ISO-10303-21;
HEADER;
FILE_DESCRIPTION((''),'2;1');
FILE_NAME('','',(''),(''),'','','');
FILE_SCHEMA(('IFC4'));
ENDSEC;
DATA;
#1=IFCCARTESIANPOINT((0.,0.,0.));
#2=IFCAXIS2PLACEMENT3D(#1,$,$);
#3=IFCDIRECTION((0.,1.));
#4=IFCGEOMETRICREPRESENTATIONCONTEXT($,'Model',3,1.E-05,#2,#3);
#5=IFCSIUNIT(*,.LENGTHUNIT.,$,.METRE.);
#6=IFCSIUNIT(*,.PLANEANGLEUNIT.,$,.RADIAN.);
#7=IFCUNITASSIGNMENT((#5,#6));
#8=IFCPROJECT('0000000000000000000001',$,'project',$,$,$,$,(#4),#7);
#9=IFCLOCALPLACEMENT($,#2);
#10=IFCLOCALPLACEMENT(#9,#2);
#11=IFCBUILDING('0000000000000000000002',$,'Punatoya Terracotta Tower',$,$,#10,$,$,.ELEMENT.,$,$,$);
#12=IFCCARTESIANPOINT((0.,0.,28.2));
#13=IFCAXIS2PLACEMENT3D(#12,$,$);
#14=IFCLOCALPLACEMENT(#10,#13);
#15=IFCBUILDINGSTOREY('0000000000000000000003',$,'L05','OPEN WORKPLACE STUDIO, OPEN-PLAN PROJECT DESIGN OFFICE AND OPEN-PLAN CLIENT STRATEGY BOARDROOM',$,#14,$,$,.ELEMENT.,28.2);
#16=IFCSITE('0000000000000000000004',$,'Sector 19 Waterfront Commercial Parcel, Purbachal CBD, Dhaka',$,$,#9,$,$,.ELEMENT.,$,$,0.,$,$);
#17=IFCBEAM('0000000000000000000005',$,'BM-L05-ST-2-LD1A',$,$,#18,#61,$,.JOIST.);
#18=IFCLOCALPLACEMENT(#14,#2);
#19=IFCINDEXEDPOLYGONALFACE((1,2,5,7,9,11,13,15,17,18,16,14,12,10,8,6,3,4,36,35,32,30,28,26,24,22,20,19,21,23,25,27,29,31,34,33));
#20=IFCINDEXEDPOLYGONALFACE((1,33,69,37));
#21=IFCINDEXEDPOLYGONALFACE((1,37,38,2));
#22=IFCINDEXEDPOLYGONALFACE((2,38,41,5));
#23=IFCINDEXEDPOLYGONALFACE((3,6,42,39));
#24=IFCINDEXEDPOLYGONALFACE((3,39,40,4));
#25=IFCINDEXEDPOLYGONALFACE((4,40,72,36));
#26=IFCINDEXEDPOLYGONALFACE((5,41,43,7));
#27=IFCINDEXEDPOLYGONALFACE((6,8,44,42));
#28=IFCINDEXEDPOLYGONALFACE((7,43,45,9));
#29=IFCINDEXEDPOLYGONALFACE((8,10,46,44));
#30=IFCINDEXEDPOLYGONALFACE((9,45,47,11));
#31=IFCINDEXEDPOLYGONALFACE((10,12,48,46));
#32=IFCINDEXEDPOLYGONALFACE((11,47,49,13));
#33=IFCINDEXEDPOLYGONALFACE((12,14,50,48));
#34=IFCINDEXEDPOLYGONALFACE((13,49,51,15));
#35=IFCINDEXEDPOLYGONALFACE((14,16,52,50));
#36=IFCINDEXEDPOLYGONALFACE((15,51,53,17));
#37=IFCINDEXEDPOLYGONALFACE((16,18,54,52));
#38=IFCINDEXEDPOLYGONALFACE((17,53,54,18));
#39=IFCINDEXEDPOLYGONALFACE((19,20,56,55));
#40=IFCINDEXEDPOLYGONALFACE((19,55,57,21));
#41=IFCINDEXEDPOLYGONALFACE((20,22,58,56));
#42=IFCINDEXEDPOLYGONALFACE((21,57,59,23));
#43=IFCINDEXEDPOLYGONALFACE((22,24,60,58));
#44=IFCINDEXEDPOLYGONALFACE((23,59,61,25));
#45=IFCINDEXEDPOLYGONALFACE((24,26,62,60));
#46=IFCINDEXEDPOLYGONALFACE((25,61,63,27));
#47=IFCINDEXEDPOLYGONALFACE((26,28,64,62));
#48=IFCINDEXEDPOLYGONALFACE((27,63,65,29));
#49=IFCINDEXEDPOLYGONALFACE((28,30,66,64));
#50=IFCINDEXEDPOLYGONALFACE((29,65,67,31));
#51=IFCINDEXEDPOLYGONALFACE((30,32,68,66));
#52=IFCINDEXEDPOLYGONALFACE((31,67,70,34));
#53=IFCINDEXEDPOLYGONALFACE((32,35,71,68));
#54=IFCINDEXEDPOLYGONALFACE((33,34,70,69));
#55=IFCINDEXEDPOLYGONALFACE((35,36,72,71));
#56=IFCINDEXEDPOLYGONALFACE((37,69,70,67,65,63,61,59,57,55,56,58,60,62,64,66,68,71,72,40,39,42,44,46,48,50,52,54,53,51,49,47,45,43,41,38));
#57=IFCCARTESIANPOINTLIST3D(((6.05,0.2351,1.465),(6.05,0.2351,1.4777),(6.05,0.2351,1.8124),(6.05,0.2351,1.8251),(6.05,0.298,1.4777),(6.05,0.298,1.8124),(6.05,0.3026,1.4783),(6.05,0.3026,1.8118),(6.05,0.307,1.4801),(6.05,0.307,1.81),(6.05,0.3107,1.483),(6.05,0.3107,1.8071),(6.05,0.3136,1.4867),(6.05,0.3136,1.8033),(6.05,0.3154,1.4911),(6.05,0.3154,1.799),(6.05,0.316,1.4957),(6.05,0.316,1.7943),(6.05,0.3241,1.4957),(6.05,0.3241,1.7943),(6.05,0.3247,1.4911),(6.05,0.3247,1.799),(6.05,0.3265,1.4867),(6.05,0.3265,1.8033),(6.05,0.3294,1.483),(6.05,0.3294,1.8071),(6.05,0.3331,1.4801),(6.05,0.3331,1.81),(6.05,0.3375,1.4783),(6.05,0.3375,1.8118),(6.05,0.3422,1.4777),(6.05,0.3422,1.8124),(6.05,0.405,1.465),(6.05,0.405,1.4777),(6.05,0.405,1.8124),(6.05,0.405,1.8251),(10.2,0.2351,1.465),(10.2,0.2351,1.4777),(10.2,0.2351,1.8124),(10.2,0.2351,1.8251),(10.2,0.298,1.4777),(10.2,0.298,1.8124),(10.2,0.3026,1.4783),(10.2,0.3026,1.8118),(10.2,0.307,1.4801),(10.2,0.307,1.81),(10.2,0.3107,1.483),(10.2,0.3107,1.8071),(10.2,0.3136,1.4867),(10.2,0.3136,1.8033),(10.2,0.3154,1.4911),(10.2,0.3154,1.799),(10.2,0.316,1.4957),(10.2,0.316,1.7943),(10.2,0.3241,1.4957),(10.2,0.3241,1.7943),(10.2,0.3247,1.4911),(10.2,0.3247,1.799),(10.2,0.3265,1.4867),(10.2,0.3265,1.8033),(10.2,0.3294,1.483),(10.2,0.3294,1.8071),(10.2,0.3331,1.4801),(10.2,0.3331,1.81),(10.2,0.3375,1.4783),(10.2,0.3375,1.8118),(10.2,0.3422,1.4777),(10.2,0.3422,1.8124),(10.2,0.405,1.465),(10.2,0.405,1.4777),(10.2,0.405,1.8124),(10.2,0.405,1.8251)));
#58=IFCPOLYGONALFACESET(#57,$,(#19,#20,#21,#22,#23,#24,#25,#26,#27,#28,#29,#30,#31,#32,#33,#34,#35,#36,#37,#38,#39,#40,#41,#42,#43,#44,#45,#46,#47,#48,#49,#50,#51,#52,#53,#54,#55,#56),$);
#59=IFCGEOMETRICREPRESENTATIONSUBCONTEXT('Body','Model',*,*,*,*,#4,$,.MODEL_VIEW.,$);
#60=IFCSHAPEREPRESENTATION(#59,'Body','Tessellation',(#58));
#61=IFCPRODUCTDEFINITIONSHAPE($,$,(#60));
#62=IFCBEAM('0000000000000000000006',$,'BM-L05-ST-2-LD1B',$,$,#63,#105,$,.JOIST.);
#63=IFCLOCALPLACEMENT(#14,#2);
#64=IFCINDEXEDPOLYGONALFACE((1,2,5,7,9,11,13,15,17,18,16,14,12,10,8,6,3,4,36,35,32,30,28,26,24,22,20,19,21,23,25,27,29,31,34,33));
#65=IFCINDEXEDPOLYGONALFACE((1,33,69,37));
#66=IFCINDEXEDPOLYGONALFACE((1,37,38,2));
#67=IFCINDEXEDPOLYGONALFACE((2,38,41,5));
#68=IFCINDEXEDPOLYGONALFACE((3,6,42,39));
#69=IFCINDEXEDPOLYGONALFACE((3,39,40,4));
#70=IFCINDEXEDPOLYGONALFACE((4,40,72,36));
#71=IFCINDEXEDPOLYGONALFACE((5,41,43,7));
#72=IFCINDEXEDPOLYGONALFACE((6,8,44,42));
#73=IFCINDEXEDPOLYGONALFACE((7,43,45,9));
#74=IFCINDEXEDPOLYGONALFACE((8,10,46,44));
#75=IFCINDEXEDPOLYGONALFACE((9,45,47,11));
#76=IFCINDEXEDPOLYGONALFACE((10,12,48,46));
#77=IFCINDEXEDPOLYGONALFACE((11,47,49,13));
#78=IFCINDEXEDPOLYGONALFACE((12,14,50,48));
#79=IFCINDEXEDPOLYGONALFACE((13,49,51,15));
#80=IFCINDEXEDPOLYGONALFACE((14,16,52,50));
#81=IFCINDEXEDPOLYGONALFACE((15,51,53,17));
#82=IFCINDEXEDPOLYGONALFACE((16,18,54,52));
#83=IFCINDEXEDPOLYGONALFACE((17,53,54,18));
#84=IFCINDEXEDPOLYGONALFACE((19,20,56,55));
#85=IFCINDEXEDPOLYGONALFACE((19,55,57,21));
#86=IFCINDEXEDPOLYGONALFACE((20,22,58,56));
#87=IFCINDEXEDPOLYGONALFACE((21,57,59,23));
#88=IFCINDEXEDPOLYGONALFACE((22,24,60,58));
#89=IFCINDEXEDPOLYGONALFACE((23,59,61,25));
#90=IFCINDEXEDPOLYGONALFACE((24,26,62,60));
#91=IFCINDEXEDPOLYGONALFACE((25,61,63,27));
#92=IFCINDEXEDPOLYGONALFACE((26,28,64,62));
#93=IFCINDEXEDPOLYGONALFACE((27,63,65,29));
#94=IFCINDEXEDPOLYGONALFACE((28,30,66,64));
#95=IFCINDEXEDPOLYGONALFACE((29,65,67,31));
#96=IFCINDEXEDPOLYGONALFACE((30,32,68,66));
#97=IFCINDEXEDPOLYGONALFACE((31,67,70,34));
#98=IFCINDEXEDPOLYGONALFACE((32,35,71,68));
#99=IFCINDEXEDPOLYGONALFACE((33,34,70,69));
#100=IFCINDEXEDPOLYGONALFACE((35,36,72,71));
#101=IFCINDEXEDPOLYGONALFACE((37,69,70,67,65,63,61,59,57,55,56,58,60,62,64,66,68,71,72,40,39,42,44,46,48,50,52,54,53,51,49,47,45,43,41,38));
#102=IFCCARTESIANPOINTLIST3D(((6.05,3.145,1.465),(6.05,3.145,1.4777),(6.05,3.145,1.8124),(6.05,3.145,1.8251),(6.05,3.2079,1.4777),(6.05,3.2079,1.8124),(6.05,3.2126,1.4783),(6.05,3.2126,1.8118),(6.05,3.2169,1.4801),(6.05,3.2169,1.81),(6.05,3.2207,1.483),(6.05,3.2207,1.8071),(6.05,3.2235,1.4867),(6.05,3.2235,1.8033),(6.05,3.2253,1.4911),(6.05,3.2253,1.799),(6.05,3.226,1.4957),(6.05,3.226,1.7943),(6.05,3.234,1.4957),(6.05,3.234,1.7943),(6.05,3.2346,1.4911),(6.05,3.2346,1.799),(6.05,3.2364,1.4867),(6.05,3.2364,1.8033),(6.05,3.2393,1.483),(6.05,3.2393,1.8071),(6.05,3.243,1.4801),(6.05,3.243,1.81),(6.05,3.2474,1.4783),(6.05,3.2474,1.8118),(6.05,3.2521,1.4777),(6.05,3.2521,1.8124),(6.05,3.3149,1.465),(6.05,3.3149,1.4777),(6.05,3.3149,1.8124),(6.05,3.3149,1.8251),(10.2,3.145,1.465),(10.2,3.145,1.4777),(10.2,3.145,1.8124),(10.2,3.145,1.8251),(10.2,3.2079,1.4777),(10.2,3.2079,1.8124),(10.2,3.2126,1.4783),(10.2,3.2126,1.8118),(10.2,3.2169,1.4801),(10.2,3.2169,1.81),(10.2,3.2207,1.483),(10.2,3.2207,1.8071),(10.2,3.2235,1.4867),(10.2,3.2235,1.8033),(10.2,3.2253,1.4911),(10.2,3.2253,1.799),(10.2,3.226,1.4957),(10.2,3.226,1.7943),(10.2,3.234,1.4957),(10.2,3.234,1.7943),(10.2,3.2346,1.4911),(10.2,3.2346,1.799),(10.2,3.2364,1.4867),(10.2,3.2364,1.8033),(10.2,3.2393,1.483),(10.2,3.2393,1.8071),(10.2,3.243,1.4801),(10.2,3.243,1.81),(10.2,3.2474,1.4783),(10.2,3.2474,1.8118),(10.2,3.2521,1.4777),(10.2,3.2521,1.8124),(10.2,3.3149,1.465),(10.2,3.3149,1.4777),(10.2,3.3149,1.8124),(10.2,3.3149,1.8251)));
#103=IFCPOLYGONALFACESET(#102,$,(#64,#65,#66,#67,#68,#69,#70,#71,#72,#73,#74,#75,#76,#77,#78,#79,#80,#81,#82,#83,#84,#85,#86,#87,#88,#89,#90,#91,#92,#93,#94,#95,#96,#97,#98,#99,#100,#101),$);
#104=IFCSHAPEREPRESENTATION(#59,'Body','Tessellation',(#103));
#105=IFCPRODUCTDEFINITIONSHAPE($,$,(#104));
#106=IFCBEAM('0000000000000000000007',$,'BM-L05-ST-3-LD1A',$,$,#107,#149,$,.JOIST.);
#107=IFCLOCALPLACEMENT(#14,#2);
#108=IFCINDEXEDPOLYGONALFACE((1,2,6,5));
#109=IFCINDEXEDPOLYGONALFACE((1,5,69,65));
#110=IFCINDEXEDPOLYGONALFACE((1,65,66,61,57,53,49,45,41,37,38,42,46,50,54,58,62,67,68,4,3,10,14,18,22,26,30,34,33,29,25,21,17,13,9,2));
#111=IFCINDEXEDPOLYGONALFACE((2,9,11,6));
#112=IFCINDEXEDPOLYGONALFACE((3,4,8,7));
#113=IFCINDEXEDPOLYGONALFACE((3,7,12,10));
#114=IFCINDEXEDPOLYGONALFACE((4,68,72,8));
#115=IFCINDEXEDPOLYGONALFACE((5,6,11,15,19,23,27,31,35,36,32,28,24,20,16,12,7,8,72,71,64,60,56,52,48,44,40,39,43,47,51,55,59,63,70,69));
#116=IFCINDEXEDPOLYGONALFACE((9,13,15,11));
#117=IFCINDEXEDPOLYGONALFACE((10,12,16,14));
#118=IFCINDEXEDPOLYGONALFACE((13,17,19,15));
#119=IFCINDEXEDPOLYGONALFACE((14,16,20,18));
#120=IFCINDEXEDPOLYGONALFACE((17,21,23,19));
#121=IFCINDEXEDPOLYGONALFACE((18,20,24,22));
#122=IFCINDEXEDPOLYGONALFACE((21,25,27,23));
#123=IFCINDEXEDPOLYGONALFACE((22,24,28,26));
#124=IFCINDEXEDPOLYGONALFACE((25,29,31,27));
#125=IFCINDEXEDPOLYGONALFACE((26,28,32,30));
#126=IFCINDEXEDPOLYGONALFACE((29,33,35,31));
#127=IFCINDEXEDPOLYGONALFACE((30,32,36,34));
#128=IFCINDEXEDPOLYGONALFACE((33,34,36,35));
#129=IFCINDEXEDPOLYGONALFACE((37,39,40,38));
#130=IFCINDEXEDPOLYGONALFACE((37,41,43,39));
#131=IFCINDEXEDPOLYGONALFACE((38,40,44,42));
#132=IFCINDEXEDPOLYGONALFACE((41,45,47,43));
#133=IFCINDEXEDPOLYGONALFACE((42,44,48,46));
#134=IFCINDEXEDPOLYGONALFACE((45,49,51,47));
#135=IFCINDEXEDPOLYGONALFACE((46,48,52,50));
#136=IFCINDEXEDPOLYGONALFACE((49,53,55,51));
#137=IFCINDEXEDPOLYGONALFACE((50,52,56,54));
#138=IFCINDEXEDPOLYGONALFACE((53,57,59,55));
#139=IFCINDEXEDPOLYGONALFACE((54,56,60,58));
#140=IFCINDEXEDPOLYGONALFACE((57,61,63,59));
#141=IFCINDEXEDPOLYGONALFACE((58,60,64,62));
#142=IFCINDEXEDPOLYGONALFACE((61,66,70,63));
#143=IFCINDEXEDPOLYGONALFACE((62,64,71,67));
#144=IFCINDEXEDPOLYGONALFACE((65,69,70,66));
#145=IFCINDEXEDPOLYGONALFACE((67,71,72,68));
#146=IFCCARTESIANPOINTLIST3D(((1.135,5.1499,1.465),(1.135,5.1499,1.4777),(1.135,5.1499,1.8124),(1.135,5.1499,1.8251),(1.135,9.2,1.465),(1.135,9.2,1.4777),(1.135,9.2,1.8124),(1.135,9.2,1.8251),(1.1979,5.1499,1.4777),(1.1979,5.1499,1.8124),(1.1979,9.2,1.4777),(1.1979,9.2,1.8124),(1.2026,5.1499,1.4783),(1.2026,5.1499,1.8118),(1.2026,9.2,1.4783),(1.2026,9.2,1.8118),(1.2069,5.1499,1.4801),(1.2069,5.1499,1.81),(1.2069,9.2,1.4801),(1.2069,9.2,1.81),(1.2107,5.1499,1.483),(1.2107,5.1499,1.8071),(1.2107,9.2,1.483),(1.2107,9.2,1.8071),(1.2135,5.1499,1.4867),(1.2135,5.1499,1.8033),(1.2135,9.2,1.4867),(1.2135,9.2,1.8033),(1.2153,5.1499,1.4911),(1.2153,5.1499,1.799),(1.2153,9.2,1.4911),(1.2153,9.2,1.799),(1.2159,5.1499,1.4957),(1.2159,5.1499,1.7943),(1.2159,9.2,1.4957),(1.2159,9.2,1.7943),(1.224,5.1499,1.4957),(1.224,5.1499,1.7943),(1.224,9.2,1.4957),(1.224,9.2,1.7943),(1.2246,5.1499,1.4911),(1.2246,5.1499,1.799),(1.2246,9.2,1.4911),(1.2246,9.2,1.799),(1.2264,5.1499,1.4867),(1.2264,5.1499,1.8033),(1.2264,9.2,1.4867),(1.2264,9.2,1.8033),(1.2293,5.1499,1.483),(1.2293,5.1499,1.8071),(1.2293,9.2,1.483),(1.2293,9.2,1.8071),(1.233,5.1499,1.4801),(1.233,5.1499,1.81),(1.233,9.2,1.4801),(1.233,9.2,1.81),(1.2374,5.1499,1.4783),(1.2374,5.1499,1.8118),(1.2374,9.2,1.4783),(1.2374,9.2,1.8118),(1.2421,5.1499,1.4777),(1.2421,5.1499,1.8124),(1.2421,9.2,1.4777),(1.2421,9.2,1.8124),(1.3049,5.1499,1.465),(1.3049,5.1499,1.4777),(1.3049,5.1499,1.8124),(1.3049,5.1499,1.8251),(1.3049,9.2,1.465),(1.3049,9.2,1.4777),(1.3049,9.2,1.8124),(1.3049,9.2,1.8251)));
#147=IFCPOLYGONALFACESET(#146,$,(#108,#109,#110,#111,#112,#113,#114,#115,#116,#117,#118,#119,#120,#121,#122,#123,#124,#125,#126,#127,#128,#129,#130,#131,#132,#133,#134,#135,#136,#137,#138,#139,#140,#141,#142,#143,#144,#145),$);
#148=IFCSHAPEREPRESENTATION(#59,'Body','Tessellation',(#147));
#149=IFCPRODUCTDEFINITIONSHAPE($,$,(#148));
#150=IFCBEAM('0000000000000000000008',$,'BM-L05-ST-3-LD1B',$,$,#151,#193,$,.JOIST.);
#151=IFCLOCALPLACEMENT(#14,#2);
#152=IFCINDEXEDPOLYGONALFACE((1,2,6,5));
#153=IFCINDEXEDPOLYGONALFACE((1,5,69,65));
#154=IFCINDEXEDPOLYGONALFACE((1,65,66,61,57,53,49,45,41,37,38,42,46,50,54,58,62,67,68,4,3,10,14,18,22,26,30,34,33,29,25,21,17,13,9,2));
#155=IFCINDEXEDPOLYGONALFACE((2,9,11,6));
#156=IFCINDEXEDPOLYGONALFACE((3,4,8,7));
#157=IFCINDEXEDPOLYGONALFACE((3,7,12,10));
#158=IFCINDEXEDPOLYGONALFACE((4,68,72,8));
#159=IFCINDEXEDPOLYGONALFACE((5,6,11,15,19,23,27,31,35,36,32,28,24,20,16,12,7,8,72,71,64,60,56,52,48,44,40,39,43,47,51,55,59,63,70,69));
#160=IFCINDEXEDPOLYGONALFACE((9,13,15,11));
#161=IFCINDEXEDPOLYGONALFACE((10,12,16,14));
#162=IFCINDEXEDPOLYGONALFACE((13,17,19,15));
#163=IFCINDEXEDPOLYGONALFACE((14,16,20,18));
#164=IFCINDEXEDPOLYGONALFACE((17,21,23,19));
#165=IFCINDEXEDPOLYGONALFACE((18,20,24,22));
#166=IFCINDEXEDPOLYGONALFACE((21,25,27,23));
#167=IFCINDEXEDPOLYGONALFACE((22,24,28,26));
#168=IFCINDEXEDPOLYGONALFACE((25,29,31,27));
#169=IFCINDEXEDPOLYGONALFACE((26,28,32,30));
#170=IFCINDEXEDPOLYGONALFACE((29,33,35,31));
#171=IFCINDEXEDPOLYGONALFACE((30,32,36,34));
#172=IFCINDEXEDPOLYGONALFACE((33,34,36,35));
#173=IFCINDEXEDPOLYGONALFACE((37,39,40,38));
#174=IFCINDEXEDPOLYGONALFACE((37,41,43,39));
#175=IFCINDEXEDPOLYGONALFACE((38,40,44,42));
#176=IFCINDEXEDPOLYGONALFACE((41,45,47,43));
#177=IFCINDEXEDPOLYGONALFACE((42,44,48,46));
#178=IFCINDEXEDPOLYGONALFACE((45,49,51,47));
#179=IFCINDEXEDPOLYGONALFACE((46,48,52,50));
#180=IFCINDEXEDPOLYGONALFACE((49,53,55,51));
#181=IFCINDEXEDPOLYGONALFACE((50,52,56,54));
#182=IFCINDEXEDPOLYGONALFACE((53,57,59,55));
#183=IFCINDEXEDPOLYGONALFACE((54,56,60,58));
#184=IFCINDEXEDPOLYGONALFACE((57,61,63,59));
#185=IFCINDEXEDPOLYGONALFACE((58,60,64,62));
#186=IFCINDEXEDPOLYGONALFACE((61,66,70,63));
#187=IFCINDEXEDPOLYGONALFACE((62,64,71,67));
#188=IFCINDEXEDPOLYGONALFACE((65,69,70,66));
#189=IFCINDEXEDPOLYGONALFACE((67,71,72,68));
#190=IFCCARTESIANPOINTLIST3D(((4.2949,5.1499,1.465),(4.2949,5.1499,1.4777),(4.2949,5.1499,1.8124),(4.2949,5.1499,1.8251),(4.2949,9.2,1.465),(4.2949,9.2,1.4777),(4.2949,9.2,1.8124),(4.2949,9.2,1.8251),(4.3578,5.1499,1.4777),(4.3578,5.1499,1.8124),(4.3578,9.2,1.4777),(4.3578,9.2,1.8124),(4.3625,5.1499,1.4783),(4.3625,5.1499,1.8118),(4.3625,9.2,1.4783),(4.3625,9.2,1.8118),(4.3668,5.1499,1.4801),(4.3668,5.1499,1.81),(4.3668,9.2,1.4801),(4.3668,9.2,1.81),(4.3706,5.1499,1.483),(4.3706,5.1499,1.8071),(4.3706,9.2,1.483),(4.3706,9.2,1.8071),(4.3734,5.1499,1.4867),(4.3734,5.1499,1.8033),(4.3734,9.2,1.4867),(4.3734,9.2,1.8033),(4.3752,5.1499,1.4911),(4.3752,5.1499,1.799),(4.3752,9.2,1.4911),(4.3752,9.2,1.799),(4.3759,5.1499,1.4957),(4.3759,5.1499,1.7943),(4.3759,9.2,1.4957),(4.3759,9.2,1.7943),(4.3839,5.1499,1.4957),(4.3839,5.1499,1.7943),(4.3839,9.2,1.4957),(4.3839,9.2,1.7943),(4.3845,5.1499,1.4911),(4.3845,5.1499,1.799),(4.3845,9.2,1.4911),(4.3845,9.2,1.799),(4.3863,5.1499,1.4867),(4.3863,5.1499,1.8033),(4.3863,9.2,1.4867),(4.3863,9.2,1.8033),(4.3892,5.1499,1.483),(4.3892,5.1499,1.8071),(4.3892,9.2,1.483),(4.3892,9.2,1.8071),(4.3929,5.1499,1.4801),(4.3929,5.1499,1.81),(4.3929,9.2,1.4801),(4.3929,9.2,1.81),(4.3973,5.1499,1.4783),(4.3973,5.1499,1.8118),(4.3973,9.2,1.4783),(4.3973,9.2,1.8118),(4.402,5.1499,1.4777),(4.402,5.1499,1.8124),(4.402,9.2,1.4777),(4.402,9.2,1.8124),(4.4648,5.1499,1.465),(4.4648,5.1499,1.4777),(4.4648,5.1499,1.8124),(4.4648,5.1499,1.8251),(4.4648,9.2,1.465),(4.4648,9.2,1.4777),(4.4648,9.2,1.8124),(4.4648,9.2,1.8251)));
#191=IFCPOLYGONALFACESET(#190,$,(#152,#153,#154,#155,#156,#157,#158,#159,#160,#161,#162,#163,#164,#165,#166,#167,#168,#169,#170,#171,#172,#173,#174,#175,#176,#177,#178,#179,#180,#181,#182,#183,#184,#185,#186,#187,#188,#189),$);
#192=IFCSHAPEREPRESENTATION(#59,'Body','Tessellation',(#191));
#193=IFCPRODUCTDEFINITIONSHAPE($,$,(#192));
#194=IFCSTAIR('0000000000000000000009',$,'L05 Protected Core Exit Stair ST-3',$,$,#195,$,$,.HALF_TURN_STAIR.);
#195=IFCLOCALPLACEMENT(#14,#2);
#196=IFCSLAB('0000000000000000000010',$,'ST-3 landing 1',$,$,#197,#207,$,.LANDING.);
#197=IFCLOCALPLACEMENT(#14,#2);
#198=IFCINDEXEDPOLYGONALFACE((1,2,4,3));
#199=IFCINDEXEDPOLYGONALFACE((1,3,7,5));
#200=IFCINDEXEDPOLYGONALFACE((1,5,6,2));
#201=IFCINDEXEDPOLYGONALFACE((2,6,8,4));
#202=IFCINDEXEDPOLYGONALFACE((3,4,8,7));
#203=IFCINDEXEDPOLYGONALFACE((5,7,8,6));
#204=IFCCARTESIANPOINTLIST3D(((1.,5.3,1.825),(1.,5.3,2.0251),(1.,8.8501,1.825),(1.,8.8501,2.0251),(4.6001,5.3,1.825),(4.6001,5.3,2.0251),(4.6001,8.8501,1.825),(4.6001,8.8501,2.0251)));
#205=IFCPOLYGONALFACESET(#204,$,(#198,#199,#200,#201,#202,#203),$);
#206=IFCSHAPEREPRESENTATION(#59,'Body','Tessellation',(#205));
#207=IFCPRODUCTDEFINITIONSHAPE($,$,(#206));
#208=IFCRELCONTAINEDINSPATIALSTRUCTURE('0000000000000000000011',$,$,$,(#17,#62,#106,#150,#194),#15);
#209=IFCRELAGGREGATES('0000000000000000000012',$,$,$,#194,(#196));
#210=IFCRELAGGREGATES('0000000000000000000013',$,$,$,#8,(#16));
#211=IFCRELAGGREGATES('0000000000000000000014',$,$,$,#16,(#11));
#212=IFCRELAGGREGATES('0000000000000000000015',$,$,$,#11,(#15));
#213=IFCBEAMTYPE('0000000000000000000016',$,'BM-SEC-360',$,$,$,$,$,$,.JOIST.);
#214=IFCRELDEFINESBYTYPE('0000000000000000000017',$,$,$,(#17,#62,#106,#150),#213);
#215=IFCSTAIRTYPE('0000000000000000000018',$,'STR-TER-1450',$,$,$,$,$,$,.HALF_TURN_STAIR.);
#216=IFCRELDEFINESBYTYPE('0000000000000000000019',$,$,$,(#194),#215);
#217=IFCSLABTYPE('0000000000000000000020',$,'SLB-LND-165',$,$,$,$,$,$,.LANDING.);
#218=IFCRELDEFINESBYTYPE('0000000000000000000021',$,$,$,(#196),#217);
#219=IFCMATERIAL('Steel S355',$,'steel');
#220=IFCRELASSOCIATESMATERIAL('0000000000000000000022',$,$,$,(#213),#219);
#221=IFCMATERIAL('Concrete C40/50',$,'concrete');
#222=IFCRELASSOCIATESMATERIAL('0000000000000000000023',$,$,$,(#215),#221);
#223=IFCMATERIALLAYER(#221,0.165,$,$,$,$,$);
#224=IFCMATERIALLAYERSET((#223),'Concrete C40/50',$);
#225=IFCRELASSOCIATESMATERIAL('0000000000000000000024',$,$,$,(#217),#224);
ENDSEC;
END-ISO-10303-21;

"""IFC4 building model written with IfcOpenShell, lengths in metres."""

from ifc_helpers import new_model, si_unit, direction, frame, origin, origin_2d, place, context, subcontext, project, spatial, polyline, i_section, outline, extrude, material, layer, layer_set, material_profile, profile_set, type_object, element, aggregate, save


model = new_model("IFC4")

# Units and contexts
model_context = context("Model", 3, precision=1e-05, world=origin(), true_north=direction((0.0, 1.0)))
body_context = subcontext(model_context, "Body", "Model", "MODEL_VIEW")
ifc_project = project(units=[si_unit("LENGTHUNIT", "METRE"), si_unit("PLANEANGLEUNIT", "RADIAN")], contexts=[model_context])

# Site, building, storey
site_placement = place(None, origin())
site = spatial("IfcSite", under=ifc_project, at=site_placement, Name="Sector 19 Waterfront Commercial Parcel, Purbachal CBD, Dhaka", CompositionType="ELEMENT", RefElevation=0.0)
building_placement = place(site_placement, origin())
building = spatial("IfcBuilding", under=site, at=building_placement, Name="Punatoya Terracotta Tower", CompositionType="ELEMENT")
storey_placement = place(building_placement, frame((0.0, 0.0, 28.2)))
storey = spatial("IfcBuildingStorey", under=building, at=storey_placement, Name="L05", Description="OPEN WORKPLACE STUDIO, OPEN-PLAN PROJECT DESIGN OFFICE AND OPEN-PLAN CLIENT STRATEGY BOARDROOM", CompositionType="ELEMENT", Elevation=28.2)

# Beams
ifc_material_1 = material(Name="Steel S355", Category="steel")
ifc_material_profile = material_profile(ifc_material_1, i_section(OverallWidth=0.1699, OverallDepth=0.3601, WebThickness=0.0081, FlangeThickness=0.0127, FilletRadius=0.0181, at=origin_2d()))
ifc_profile_set = profile_set([ifc_material_profile], Name="Steel S355")
beam_type = type_object("IfcBeamType", Name="BM-SEC-360", PredefinedType="JOIST", material=ifc_profile_set)
for number, where, z_axis, x_axis, name in (
    (1, (6.05, 0.3201, 1.645), (1.0, 0.0, 0.0), (0.0, 1.0, 0.0), "BM-L05-ST-2-LD1A"),
    (2, (6.05, 3.23, 1.645), (1.0, 0.0, 0.0), (0.0, 1.0, 0.0), "BM-L05-ST-2-LD1B"),
):
    element("IfcBeam", number, at=place(storey_placement, frame(where, z_axis=z_axis, x_axis=x_axis)), inside=storey, type_object=beam_type, Name=name, PredefinedType="JOIST", context=body_context, shape_type="SweptSolid", body=[
        extrude(i_section(OverallWidth=0.1699, OverallDepth=0.3601, WebThickness=0.0081, FlangeThickness=0.0127, FilletRadius=0.0181, at=origin_2d()), origin(), (0.0, 0.0, 1.0), 4.1499),
    ])
for number, where, z_axis, x_axis, name in (
    (3, (1.22, 5.1499, 1.645), (0.0, 1.0, 0.0), (-1.0, 0.0, 0.0), "BM-L05-ST-3-LD1A"),
    (4, (4.3799, 5.1499, 1.645), (0.0, 1.0, 0.0), (-1.0, 0.0, 0.0), "BM-L05-ST-3-LD1B"),
):
    element("IfcBeam", number, at=place(storey_placement, frame(where, z_axis=z_axis, x_axis=x_axis)), inside=storey, type_object=beam_type, Name=name, PredefinedType="JOIST", context=body_context, shape_type="SweptSolid", body=[
        extrude(i_section(OverallWidth=0.1699, OverallDepth=0.3601, WebThickness=0.0081, FlangeThickness=0.0127, FilletRadius=0.0181, at=origin_2d()), origin(), (0.0, 0.0, 1.0), 4.05),
    ])

# Stair, slab
ifc_material_2 = material(Name="Concrete C40/50", Category="concrete")
stair_type_1 = type_object("IfcStairType", Name="STR-TER-1450", PredefinedType="HALF_TURN_STAIR", material=ifc_material_2)
stair_1_placement = place(storey_placement, origin())
stair_1 = element("IfcStair", 5, at=stair_1_placement, inside=storey, type_object=stair_type_1, Name="L05 Protected Core Exit Stair ST-3", PredefinedType="HALF_TURN_STAIR")
ifc_layer_1 = layer(ifc_material_2, 0.165)
ifc_layer_set_1 = layer_set([ifc_layer_1], Name="Concrete C40/50")
slab_type_1 = type_object("IfcSlabType", Name="SLB-LND-165", PredefinedType="LANDING", material=ifc_layer_set_1)
slab_1_placement = place(storey_placement, frame((0.0, 0.0, 1.825)))
slab_1 = element("IfcSlab", 6, at=slab_1_placement, type_object=slab_type_1, Name="ST-3 landing 1", PredefinedType="LANDING", context=body_context, shape_type="SweptSolid", body=[
    extrude(outline(polyline([(1.0, 5.3), (4.6001, 5.3), (4.6001, 8.8501), (1.0, 8.8501), (1.0, 5.3)])), origin(), (0.0, 0.0, 1.0), 0.2002),
])
aggregate(stair_1, [slab_1])

save(model, "model.ifc")
